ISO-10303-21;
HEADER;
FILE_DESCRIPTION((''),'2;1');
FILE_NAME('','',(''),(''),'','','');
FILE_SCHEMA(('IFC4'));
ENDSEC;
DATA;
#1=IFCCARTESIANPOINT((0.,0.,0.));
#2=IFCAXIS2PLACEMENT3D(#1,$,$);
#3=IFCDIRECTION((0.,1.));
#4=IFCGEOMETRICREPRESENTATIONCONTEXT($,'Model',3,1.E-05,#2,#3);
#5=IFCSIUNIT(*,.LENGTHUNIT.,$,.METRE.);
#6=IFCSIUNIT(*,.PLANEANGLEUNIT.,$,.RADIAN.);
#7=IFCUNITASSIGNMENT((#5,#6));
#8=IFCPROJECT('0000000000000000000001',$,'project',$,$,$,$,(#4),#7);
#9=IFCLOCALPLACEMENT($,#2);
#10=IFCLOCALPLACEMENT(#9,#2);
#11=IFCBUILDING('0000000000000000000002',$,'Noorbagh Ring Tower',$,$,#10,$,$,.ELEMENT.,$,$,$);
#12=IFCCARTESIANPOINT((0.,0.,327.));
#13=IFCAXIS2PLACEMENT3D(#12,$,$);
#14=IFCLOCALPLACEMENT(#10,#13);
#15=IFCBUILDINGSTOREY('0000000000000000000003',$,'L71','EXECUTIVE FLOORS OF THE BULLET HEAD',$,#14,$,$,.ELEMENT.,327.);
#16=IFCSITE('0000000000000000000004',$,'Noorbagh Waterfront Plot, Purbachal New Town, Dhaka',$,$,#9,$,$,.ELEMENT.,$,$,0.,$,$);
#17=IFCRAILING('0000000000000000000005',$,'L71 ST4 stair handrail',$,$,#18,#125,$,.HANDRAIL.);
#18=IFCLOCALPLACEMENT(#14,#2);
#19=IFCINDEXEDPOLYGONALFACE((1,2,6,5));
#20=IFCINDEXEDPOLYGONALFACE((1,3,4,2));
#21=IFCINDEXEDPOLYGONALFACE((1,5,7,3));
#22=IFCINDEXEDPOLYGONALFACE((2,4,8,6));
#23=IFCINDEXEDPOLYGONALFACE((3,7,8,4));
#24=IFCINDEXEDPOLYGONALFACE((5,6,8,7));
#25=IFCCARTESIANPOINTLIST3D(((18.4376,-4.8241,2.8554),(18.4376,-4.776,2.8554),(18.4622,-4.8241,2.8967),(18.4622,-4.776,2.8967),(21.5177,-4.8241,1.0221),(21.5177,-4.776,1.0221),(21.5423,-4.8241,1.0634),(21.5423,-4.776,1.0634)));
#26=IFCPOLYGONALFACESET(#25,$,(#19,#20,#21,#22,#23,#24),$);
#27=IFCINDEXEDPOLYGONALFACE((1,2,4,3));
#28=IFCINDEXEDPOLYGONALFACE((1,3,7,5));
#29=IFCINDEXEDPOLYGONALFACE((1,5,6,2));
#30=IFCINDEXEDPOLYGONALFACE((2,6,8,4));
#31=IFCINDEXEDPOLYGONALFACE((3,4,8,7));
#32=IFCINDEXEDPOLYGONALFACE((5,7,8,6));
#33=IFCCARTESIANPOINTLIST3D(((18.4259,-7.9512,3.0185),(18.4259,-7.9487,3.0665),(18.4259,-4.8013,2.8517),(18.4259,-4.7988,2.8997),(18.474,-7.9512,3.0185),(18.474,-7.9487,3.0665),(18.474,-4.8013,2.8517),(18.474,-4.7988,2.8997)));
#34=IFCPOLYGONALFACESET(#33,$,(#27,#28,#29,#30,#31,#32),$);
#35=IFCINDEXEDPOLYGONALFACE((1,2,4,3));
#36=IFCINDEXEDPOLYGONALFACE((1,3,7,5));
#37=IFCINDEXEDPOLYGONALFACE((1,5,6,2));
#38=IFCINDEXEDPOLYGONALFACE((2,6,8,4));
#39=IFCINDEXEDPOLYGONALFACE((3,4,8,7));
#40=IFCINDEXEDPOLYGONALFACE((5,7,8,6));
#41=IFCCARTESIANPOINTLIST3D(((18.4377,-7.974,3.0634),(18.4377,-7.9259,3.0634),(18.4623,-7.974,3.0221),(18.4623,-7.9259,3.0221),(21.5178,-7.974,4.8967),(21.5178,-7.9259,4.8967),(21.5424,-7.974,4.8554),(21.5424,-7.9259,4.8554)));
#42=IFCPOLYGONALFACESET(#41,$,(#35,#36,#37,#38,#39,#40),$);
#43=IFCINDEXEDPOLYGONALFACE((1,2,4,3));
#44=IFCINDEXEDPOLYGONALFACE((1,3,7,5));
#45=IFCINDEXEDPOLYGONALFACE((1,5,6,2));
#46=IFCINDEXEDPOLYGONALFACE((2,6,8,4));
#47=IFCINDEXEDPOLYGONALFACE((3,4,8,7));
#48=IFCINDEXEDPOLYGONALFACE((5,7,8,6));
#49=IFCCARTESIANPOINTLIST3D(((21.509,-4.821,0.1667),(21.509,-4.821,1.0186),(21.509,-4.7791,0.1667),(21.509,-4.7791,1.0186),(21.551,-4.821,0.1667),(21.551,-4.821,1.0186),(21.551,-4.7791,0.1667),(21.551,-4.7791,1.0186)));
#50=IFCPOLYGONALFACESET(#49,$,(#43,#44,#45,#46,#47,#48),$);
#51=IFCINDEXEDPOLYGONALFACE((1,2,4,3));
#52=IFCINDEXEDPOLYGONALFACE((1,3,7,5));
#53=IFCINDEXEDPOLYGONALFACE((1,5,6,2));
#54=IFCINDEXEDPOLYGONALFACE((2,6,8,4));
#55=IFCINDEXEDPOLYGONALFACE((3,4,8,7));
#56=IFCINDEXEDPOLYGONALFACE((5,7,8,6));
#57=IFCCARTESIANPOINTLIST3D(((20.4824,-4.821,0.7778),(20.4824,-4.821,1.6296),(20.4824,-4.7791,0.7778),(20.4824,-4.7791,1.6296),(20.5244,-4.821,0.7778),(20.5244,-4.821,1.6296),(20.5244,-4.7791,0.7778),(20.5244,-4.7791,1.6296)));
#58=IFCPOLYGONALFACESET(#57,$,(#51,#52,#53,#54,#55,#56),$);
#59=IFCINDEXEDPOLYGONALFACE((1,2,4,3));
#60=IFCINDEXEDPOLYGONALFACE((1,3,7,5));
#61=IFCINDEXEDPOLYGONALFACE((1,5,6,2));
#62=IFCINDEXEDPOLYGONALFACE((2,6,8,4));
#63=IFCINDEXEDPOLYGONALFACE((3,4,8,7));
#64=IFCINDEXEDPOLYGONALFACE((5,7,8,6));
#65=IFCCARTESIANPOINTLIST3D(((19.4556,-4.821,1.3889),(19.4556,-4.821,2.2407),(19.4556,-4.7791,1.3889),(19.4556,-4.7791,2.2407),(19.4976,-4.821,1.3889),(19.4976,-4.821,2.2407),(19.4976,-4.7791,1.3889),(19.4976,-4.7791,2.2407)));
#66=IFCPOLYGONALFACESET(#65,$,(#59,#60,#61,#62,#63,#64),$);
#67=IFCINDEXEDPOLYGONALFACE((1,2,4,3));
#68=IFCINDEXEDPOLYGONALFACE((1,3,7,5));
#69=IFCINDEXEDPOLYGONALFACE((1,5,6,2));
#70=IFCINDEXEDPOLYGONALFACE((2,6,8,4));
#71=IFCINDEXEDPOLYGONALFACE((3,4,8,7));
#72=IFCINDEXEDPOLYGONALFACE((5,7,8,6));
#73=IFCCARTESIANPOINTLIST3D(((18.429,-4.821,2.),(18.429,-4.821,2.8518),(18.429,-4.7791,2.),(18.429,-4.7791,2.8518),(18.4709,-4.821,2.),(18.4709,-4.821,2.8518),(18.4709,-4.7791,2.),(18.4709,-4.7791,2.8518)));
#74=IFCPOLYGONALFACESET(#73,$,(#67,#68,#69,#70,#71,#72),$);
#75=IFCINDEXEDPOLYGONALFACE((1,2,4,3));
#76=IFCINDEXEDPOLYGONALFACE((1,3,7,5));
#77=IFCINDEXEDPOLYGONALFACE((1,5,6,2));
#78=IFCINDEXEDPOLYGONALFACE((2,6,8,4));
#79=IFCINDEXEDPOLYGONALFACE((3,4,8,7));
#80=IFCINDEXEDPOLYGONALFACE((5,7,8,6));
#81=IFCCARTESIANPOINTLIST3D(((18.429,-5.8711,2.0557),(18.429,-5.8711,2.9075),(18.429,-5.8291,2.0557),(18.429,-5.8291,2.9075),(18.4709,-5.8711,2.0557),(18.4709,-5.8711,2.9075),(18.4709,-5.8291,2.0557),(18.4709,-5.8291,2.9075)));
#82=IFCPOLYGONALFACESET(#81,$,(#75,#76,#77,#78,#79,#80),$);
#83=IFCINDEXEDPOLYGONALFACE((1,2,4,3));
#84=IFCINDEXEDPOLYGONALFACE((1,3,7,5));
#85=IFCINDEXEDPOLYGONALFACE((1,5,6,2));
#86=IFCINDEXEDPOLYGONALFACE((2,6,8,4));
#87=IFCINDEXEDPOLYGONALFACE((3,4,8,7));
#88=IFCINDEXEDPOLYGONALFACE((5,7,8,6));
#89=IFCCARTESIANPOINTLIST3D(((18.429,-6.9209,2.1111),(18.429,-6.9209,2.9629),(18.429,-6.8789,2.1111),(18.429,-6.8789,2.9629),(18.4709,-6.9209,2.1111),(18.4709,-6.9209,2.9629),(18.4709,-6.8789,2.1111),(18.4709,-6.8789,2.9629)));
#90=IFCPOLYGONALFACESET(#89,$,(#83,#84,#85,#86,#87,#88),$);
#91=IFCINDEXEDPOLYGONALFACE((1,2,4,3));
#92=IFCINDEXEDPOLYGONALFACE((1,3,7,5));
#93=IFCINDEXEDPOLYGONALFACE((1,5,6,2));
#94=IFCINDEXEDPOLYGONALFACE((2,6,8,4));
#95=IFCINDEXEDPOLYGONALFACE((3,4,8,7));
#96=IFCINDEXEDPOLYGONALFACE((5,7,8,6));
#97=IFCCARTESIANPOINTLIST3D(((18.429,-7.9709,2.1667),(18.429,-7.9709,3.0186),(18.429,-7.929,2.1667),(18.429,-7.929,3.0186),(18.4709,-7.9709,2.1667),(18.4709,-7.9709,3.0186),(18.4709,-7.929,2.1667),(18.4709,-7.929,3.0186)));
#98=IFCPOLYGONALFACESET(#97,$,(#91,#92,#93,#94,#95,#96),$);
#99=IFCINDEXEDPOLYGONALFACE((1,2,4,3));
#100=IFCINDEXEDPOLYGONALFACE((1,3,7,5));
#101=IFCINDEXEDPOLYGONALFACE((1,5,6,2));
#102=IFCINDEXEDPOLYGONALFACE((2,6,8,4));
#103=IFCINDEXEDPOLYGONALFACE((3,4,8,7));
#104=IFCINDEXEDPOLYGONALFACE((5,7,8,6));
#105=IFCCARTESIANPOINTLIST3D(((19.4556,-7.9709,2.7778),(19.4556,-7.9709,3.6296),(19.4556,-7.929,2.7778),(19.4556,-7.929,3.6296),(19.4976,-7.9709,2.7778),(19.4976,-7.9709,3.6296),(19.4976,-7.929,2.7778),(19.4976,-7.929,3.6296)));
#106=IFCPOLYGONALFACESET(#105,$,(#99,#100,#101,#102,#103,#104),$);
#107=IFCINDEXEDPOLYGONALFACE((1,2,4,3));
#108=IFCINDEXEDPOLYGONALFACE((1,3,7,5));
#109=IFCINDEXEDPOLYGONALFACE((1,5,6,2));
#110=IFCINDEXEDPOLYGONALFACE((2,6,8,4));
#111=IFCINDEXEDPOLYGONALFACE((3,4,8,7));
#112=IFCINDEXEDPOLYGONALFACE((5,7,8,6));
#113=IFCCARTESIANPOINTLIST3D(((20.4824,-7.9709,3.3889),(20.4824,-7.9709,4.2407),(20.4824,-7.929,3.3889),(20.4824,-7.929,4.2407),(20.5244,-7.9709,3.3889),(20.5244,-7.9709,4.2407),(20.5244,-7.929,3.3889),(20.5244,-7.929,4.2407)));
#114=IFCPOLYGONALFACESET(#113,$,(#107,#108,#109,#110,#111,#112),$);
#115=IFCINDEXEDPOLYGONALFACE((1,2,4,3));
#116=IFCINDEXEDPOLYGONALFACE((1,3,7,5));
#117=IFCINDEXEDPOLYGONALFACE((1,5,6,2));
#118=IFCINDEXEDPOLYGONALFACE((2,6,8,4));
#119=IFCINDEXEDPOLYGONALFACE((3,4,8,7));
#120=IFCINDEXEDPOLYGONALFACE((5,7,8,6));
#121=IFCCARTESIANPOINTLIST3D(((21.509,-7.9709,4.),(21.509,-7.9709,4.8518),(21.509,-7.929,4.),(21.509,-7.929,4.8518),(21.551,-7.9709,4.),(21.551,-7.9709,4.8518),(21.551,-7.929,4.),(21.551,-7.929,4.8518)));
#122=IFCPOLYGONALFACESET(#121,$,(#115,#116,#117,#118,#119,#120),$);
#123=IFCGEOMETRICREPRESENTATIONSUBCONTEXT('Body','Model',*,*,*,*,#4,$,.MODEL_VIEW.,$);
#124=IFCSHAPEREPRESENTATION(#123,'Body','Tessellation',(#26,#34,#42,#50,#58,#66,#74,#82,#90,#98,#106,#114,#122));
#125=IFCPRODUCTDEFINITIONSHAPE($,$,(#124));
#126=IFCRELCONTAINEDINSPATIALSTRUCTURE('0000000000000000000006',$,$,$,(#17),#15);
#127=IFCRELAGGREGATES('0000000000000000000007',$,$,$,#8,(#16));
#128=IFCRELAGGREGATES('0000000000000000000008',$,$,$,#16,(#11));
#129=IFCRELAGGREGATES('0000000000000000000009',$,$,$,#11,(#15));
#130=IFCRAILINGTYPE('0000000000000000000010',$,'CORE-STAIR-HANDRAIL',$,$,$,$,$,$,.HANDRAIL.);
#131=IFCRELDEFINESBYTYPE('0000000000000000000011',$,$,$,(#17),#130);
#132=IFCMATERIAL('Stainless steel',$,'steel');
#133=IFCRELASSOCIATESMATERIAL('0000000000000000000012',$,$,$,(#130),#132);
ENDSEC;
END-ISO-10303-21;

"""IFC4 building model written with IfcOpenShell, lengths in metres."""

from ifc_helpers import new_model, si_unit, direction, frame, origin, origin_2d, place, context, subcontext, project, spatial, rectangle, extrude, material, type_object, element, save


model = new_model("IFC4")

# Units and contexts
model_context = context("Model", 3, precision=1e-05, world=origin(), true_north=direction((0.0, 1.0)))
body_context = subcontext(model_context, "Body", "Model", "MODEL_VIEW")
ifc_project = project(units=[si_unit("LENGTHUNIT", "METRE"), si_unit("PLANEANGLEUNIT", "RADIAN")], contexts=[model_context])

# Site, building, storey
site_placement = place(None, origin())
site = spatial("IfcSite", under=ifc_project, at=site_placement, Name="Noorbagh Waterfront Plot, Purbachal New Town, Dhaka", CompositionType="ELEMENT", RefElevation=0.0)
building_placement = place(site_placement, origin())
building = spatial("IfcBuilding", under=site, at=building_placement, Name="Noorbagh Ring Tower", CompositionType="ELEMENT")
storey_placement = place(building_placement, frame((0.0, 0.0, 327.0)))
storey = spatial("IfcBuildingStorey", under=building, at=storey_placement, Name="L71", Description="EXECUTIVE FLOORS OF THE BULLET HEAD", CompositionType="ELEMENT", Elevation=327.0)

# Railing
ifc_material_1 = material(Name="Stainless steel", Category="steel")
railing_type_1 = type_object("IfcRailingType", Name="CORE-STAIR-HANDRAIL", PredefinedType="HANDRAIL", material=ifc_material_1)
railing_1_placement = place(storey_placement, frame((21.53, -4.8, 0.1667)))
element("IfcRailing", 1, at=railing_1_placement, inside=storey, type_object=railing_type_1, Name="L71 ST4 stair handrail", PredefinedType="HANDRAIL", context=body_context, shape_type="SweptSolid", body=[
    extrude(rectangle(XDim=0.0481, YDim=0.0481, at=origin_2d()), frame((0.0, 0.0, 0.876), z_axis=(-0.859309, 0.0, 0.511458), x_axis=(0.0, -1.0, 0.0)), (0.0, 0.0, 1.0), 3.5845),
    extrude(rectangle(XDim=0.0481, YDim=0.0481, at=origin_2d()), frame((-3.0801, 0.0, 2.709), z_axis=(0.0, -0.998602, 0.052864), x_axis=(1.0, 0.0, 0.0)), (0.0, 0.0, 1.0), 3.1543),
    extrude(rectangle(XDim=0.0481, YDim=0.0481, at=origin_2d()), frame((-3.0801, -3.1499, 2.876), z_axis=(0.859309, 0.0, 0.511458), x_axis=(0.0, 1.0, 0.0)), (0.0, 0.0, 1.0), 3.5845),
    extrude(rectangle(XDim=0.042, YDim=0.042, at=origin_2d()), origin(), (0.0, 0.0, 1.0), 0.8518),
    extrude(rectangle(XDim=0.042, YDim=0.042, at=origin_2d()), frame((-1.0266, 0.0, 0.6111)), (0.0, 0.0, 1.0), 0.8518),
    extrude(rectangle(XDim=0.042, YDim=0.042, at=origin_2d()), frame((-2.0535, 0.0, 1.2222)), (0.0, 0.0, 1.0), 0.8518),
    extrude(rectangle(XDim=0.042, YDim=0.042, at=origin_2d()), frame((-3.0801, 0.0, 1.8333)), (0.0, 0.0, 1.0), 0.8518),
    extrude(rectangle(XDim=0.042, YDim=0.042, at=origin_2d()), frame((-3.0801, -1.05, 1.8889)), (0.0, 0.0, 1.0), 0.8518),
    extrude(rectangle(XDim=0.042, YDim=0.042, at=origin_2d()), frame((-3.0801, -2.0999, 1.9443)), (0.0, 0.0, 1.0), 0.8518),
    extrude(rectangle(XDim=0.042, YDim=0.042, at=origin_2d()), frame((-3.0801, -3.1499, 2.0)), (0.0, 0.0, 1.0), 0.8518),
    extrude(rectangle(XDim=0.042, YDim=0.042, at=origin_2d()), frame((-2.0535, -3.1499, 2.6111)), (0.0, 0.0, 1.0), 0.8518),
    extrude(rectangle(XDim=0.042, YDim=0.042, at=origin_2d()), frame((-1.0266, -3.1499, 3.2222)), (0.0, 0.0, 1.0), 0.8518),
    extrude(rectangle(XDim=0.042, YDim=0.042, at=origin_2d()), frame((0.0, -3.1499, 3.8333)), (0.0, 0.0, 1.0), 0.8518),
])

save(model, "model.ifc")
